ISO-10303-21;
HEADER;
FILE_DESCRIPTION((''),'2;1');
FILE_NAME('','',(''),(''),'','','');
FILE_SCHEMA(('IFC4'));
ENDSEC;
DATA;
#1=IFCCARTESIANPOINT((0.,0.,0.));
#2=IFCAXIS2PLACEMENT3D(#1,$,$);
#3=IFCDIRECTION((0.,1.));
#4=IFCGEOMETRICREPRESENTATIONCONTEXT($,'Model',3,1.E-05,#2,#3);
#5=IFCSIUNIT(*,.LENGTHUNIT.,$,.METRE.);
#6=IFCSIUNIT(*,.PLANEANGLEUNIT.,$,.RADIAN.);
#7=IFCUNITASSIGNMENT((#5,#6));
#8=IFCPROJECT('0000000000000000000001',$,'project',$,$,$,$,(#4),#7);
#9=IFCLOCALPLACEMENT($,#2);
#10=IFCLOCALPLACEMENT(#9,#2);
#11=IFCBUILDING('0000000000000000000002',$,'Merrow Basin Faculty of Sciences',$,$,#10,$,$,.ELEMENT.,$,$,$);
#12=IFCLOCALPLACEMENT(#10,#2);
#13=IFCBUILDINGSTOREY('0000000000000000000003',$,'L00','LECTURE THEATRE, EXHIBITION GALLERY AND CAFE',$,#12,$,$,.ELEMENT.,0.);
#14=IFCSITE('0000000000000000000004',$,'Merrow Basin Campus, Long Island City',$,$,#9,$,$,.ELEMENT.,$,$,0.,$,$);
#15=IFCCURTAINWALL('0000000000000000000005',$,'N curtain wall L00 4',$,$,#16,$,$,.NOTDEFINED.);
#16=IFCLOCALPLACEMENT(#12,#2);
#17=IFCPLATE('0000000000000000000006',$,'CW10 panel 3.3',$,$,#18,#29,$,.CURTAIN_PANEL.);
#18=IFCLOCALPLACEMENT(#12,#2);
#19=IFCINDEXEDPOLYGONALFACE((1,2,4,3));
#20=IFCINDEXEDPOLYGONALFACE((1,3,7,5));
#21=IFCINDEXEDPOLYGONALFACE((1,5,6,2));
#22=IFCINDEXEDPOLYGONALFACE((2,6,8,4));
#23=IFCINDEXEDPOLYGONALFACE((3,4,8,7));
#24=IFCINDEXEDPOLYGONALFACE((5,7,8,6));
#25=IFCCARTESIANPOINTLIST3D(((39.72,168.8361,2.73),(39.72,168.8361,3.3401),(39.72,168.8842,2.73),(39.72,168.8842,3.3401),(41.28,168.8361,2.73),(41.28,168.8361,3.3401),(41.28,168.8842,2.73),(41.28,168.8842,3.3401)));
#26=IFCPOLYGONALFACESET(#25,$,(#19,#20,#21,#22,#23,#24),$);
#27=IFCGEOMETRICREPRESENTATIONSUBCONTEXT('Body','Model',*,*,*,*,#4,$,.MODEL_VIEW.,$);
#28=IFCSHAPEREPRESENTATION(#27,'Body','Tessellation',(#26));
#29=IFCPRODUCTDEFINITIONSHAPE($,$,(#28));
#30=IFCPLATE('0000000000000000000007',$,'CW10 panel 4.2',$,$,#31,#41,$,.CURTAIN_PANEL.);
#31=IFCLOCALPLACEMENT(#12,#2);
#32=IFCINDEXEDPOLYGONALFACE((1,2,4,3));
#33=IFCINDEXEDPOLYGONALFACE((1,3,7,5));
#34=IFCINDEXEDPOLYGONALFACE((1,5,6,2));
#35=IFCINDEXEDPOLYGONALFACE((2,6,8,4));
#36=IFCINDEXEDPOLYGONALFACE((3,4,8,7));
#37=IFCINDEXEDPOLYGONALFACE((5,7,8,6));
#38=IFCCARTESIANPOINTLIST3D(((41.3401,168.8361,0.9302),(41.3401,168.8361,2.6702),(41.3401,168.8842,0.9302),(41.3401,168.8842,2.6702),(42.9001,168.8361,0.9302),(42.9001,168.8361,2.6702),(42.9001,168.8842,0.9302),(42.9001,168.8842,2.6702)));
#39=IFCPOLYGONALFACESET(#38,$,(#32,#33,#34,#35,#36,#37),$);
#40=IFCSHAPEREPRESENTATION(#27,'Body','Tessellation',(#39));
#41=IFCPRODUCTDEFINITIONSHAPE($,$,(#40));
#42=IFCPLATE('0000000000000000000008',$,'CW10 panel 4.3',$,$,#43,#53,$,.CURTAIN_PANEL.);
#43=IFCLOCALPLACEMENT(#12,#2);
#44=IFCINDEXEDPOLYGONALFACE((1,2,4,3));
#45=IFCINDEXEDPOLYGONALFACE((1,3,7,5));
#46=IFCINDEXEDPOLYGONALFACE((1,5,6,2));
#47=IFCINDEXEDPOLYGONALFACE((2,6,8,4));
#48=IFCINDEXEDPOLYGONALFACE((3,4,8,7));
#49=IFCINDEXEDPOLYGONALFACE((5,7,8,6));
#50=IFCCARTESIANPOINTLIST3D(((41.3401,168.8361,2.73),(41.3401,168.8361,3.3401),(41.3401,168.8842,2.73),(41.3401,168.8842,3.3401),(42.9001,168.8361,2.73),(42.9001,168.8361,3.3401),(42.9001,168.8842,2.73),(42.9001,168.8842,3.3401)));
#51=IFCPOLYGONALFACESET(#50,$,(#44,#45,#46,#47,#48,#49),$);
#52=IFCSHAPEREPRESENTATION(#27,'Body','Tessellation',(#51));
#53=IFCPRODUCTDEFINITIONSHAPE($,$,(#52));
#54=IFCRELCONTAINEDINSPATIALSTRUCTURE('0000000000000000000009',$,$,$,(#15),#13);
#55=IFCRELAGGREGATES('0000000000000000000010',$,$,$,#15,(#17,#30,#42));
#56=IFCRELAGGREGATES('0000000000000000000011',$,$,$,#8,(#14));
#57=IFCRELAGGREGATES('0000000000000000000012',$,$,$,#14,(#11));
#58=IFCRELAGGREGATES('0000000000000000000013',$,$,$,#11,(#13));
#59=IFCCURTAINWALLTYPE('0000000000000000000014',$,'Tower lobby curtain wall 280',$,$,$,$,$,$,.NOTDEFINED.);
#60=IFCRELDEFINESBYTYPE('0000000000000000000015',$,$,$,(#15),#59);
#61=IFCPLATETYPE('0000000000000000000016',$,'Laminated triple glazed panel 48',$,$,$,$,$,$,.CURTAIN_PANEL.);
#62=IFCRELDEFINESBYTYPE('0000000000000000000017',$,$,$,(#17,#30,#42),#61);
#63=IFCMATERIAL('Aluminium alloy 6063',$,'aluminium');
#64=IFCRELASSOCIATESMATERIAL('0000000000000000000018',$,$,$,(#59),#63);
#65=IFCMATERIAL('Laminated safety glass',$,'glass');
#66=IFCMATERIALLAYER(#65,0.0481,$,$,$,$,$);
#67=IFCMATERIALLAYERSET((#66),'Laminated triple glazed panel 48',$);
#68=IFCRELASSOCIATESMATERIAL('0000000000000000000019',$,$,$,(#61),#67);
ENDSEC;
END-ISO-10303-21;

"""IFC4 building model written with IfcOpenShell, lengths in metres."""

from ifc_helpers import new_model, si_unit, direction, frame, origin, origin_2d, place, context, subcontext, project, spatial, rectangle, extrude, material, layer, layer_set, type_object, element, aggregate, save


model = new_model("IFC4")

# Units and contexts
model_context = context("Model", 3, precision=1e-05, world=origin(), true_north=direction((0.0, 1.0)))
body_context = subcontext(model_context, "Body", "Model", "MODEL_VIEW")
ifc_project = project(units=[si_unit("LENGTHUNIT", "METRE"), si_unit("PLANEANGLEUNIT", "RADIAN")], contexts=[model_context])

# Site, building, storey
site_placement = place(None, origin())
site = spatial("IfcSite", under=ifc_project, at=site_placement, Name="Merrow Basin Campus, Long Island City", CompositionType="ELEMENT", RefElevation=0.0)
building_placement = place(site_placement, origin())
building = spatial("IfcBuilding", under=site, at=building_placement, Name="Merrow Basin Faculty of Sciences", CompositionType="ELEMENT")
storey_placement = place(building_placement, origin())
storey = spatial("IfcBuildingStorey", under=building, at=storey_placement, Name="L00", Description="LECTURE THEATRE, EXHIBITION GALLERY AND CAFE", CompositionType="ELEMENT", Elevation=0.0)

# Curtain wall, plates
ifc_material_1 = material(Name="Aluminium alloy 6063", Category="aluminium")
curtain_wall_type = type_object("IfcCurtainWallType", Name="Tower lobby curtain wall 280", PredefinedType="NOTDEFINED", material=ifc_material_1)
curtain_wall_placement = place(storey_placement, origin())
curtain_wall = element("IfcCurtainWall", 1, at=curtain_wall_placement, inside=storey, type_object=curtain_wall_type, Name="N curtain wall L00 4", PredefinedType="NOTDEFINED")
ifc_material_2 = material(Name="Laminated safety glass", Category="glass")
ifc_layer_1 = layer(ifc_material_2, 0.0481)
ifc_layer_set_1 = layer_set([ifc_layer_1], Name="Laminated triple glazed panel 48")
plate_type_1 = type_object("IfcPlateType", Name="Laminated triple glazed panel 48", PredefinedType="CURTAIN_PANEL", material=ifc_layer_set_1)
plate_1_placement = place(storey_placement, frame((40.5, 168.8601, 2.73), z_axis=(0.0, 0.0, 1.0), x_axis=(1.0, 0.0, 0.0)))
plate_1 = element("IfcPlate", 2, at=plate_1_placement, type_object=plate_type_1, Name="CW10 panel 3.3", PredefinedType="CURTAIN_PANEL", context=body_context, shape_type="SweptSolid", body=[
    extrude(rectangle(XDim=1.5601, YDim=0.0481, at=origin_2d()), origin(), (0.0, 0.0, 1.0), 0.6101),
])
plate_2_placement = place(storey_placement, frame((42.1201, 168.8601, 0.9302), z_axis=(0.0, 0.0, 1.0), x_axis=(1.0, 0.0, 0.0)))
plate_2 = element("IfcPlate", 3, at=plate_2_placement, type_object=plate_type_1, Name="CW10 panel 4.2", PredefinedType="CURTAIN_PANEL", context=body_context, shape_type="SweptSolid", body=[
    extrude(rectangle(XDim=1.5601, YDim=0.0481, at=origin_2d()), origin(), (0.0, 0.0, 1.0), 1.74),
])
plate_3_placement = place(storey_placement, frame((42.1201, 168.8601, 2.73), z_axis=(0.0, 0.0, 1.0), x_axis=(1.0, 0.0, 0.0)))
plate_3 = element("IfcPlate", 4, at=plate_3_placement, type_object=plate_type_1, Name="CW10 panel 4.3", PredefinedType="CURTAIN_PANEL", context=body_context, shape_type="SweptSolid", body=[
    extrude(rectangle(XDim=1.5601, YDim=0.0481, at=origin_2d()), origin(), (0.0, 0.0, 1.0), 0.6101),
])
aggregate(curtain_wall, [plate_1, plate_2, plate_3])

save(model, "model.ifc")
